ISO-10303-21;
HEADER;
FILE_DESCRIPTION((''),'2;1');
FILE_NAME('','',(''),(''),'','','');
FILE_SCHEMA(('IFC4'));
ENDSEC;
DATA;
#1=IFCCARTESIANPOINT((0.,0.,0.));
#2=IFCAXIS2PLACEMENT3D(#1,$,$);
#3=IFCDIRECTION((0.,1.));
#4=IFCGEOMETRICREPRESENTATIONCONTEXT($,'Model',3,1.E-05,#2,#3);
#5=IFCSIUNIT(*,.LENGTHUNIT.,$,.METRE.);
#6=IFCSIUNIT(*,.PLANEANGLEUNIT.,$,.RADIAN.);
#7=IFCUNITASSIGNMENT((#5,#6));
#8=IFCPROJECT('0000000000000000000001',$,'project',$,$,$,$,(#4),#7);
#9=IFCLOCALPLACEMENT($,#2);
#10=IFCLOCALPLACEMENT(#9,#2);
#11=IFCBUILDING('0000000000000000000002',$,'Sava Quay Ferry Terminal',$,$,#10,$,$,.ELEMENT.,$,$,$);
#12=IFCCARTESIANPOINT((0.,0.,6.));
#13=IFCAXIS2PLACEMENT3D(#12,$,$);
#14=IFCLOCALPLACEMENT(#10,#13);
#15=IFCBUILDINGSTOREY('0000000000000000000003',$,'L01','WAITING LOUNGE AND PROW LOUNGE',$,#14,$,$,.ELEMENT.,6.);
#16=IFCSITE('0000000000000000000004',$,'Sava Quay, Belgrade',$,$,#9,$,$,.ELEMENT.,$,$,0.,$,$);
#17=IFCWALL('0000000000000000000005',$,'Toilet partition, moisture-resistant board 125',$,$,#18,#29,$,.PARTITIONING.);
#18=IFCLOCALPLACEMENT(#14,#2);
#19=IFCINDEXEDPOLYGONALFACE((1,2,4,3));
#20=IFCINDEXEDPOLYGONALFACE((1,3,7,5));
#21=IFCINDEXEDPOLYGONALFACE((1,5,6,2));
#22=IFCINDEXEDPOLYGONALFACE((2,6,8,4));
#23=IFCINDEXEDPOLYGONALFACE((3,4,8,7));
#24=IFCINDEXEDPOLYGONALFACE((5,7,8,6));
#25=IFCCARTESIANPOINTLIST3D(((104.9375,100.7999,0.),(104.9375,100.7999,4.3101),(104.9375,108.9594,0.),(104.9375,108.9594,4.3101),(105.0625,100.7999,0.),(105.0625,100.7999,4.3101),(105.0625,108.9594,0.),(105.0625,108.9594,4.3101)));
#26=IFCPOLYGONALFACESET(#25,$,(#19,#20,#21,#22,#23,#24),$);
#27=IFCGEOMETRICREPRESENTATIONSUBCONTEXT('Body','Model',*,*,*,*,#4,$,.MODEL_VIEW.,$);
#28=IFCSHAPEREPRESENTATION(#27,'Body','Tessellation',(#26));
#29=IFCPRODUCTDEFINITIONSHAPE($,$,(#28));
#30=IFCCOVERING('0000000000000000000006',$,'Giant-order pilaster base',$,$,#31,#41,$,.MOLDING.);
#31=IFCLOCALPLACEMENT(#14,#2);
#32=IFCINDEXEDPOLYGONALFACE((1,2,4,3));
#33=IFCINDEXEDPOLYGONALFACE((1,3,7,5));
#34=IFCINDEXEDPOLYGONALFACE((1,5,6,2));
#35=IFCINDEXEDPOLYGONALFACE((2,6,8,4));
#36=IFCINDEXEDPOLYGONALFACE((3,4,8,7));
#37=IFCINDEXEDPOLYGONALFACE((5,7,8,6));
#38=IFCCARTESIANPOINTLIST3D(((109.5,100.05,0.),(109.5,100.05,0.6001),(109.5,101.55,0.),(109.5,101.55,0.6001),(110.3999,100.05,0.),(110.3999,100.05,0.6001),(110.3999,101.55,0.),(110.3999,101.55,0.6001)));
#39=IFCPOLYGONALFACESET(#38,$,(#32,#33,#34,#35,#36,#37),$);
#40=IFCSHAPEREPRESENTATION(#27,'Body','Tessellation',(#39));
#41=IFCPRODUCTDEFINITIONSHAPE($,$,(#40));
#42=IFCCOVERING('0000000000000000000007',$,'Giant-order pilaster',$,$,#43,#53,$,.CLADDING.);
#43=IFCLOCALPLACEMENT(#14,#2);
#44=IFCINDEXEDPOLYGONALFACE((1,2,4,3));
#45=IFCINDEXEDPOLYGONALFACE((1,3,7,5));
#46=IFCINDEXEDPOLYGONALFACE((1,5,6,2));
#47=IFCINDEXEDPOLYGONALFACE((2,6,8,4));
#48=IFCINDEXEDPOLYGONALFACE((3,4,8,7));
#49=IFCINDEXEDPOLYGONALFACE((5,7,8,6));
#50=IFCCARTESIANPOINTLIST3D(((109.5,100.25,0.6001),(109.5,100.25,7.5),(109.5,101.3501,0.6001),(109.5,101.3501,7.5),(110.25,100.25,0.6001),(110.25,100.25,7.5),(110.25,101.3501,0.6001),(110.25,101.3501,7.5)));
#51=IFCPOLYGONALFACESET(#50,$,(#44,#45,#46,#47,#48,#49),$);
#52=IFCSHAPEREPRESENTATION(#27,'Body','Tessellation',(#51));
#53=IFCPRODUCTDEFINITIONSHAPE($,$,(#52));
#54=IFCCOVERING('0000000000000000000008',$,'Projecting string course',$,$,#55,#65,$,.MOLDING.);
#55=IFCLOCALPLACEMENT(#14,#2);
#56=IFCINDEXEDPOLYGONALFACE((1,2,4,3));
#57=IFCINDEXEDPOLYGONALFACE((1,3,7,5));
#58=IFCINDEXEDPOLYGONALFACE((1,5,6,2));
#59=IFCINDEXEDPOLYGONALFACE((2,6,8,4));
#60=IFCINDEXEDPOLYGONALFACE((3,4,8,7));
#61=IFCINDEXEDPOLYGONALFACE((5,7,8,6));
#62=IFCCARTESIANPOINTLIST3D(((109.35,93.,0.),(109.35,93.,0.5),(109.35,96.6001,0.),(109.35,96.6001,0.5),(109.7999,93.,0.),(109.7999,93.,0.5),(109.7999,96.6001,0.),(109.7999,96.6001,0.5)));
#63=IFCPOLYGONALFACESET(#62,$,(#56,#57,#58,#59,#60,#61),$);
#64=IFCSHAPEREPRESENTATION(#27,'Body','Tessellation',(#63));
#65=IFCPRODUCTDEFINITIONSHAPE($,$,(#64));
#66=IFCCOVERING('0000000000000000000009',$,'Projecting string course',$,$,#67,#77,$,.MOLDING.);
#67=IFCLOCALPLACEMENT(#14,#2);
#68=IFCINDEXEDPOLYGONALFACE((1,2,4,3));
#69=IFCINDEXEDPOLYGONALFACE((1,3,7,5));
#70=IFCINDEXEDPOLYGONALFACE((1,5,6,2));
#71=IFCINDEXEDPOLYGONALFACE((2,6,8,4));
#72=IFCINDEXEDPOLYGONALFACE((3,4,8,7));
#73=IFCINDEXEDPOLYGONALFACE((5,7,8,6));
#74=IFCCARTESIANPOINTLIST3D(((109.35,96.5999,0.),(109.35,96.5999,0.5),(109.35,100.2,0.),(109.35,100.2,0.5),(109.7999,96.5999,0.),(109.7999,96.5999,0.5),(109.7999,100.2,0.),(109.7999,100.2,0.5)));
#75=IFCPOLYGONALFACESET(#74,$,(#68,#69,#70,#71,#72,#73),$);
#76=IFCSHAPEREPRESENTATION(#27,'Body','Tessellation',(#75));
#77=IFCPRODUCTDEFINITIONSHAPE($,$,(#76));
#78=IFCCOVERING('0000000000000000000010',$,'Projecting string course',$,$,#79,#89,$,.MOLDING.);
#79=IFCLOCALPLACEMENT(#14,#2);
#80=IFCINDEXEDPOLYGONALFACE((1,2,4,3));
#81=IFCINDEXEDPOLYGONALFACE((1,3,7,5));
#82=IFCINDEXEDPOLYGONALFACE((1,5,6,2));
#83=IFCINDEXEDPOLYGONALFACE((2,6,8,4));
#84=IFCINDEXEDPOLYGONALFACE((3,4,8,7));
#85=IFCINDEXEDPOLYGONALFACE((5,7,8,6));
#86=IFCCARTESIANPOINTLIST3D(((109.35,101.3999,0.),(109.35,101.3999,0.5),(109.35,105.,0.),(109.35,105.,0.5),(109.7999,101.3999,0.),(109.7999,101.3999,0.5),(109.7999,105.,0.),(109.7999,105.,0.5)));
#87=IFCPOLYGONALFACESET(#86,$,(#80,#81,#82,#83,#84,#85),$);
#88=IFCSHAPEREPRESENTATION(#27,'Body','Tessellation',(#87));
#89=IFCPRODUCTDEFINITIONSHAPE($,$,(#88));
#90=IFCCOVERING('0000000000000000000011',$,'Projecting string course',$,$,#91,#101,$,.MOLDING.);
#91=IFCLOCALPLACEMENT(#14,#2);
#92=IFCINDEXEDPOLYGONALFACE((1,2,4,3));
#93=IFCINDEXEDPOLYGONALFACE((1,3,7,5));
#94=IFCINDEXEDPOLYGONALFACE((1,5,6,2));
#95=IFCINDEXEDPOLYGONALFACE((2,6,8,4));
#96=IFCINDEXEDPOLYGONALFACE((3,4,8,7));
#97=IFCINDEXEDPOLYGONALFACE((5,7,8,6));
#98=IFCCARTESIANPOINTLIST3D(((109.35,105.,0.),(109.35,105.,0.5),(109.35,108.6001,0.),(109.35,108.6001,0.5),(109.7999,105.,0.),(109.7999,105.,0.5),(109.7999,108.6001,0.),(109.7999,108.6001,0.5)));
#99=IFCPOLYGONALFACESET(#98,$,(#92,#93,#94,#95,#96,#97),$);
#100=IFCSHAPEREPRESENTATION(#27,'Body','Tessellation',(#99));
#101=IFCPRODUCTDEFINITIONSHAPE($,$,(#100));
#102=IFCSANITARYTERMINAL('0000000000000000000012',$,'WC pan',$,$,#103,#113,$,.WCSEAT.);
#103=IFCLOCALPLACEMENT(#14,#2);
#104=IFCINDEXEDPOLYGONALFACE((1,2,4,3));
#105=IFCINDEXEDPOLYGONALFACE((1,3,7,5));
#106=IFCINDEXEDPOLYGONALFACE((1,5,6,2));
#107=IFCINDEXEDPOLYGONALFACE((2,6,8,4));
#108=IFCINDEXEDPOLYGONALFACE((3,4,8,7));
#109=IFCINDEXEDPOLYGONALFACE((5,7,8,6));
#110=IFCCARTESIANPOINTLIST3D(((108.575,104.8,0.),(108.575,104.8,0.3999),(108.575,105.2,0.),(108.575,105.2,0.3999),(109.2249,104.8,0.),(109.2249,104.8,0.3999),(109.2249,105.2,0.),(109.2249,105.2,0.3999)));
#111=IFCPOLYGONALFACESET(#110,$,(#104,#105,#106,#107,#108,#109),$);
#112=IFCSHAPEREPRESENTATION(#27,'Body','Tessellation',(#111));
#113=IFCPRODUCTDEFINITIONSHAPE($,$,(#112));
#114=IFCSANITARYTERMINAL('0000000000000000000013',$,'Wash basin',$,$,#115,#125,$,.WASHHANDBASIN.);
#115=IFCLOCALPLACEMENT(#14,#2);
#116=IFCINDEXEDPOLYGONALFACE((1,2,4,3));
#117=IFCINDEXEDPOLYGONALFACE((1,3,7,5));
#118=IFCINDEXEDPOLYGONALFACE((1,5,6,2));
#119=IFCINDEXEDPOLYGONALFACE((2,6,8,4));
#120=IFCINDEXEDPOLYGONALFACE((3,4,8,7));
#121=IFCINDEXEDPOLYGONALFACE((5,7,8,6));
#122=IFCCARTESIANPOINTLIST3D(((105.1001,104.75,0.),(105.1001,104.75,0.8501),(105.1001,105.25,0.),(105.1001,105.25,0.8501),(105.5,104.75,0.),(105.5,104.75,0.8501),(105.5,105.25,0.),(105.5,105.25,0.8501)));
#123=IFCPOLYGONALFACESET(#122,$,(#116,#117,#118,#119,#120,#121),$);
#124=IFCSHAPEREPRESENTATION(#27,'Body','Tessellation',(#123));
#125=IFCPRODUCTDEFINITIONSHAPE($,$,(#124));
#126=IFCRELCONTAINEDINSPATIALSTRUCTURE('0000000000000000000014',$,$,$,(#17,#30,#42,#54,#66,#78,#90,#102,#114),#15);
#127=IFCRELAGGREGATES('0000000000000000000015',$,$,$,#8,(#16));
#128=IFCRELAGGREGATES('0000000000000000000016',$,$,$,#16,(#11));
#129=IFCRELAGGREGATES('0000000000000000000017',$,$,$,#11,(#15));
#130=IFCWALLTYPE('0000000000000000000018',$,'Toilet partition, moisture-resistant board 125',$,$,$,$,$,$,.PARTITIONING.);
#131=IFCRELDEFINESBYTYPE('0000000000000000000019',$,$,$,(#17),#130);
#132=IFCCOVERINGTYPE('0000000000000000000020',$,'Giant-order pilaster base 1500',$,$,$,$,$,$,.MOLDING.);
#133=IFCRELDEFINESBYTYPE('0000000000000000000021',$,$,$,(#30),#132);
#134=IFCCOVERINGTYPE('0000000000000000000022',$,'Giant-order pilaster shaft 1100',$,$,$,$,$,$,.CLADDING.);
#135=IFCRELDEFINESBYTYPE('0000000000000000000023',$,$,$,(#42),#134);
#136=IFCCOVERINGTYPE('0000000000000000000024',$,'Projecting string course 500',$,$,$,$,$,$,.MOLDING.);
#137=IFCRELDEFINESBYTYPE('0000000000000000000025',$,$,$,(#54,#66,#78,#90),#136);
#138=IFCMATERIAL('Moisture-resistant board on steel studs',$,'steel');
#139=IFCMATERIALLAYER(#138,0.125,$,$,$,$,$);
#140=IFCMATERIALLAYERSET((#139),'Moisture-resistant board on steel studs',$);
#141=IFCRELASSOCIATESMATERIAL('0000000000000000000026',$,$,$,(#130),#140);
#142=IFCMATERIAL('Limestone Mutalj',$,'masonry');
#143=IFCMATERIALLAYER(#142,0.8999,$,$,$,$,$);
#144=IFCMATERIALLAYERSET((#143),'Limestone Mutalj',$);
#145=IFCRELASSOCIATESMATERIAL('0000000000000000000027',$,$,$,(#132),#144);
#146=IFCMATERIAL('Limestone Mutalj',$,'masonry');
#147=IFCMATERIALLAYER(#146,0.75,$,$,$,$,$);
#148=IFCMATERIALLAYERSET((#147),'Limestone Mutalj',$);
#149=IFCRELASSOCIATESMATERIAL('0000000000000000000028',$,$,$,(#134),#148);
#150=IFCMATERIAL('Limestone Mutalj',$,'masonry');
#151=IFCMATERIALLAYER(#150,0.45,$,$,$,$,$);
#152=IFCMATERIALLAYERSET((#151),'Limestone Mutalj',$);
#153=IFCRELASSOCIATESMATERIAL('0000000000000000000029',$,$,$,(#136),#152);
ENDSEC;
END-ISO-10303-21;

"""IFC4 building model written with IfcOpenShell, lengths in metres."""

from ifc_helpers import new_model, si_unit, direction, frame, frame_2d, origin, origin_2d, place, context, subcontext, project, spatial, rectangle, extrude, material, layer, layer_set, type_object, element, save


model = new_model("IFC4")

# Units and contexts
model_context = context("Model", 3, precision=1e-05, world=origin(), true_north=direction((0.0, 1.0)))
body_context = subcontext(model_context, "Body", "Model", "MODEL_VIEW")
ifc_project = project(units=[si_unit("LENGTHUNIT", "METRE"), si_unit("PLANEANGLEUNIT", "RADIAN")], contexts=[model_context])

# Site, building, storey
site_placement = place(None, origin())
site = spatial("IfcSite", under=ifc_project, at=site_placement, Name="Sava Quay, Belgrade", CompositionType="ELEMENT", RefElevation=0.0)
building_placement = place(site_placement, origin())
building = spatial("IfcBuilding", under=site, at=building_placement, Name="Sava Quay Ferry Terminal", CompositionType="ELEMENT")
storey_placement = place(building_placement, frame((0.0, 0.0, 6.0)))
storey = spatial("IfcBuildingStorey", under=building, at=storey_placement, Name="L01", Description="WAITING LOUNGE AND PROW LOUNGE", CompositionType="ELEMENT", Elevation=6.0)

# Wall
ifc_material_1 = material(Name="Moisture-resistant board on steel studs", Category="steel")
ifc_layer_1 = layer(ifc_material_1, 0.125)
ifc_layer_set_1 = layer_set([ifc_layer_1], Name="Moisture-resistant board on steel studs")
wall_type_1 = type_object("IfcWallType", Name="Toilet partition, moisture-resistant board 125", PredefinedType="PARTITIONING", material=ifc_layer_set_1)
wall_1_placement = place(storey_placement, frame((105.0, 100.8, 0.0), z_axis=(0.0, 0.0, 1.0), x_axis=(0.0, 1.0, 0.0)))
element("IfcWall", 1, at=wall_1_placement, inside=storey, type_object=wall_type_1, Name="Toilet partition, moisture-resistant board 125", PredefinedType="PARTITIONING", context=body_context, shape_type="SweptSolid", body=[
    extrude(rectangle(XDim=8.1594, YDim=0.125, at=frame_2d((4.0796, 0.0))), origin(), (0.0, 0.0, 1.0), 4.3101),
])

# Coverings
ifc_material_2 = material(Name="Limestone Mutalj", Category="masonry")
ifc_layer_2 = layer(ifc_material_2, 0.8999)
ifc_layer_set_2 = layer_set([ifc_layer_2], Name="Limestone Mutalj")
covering_type_1 = type_object("IfcCoveringType", Name="Giant-order pilaster base 1500", PredefinedType="MOLDING", material=ifc_layer_set_2)
covering_1_placement = place(storey_placement, frame((109.95, 100.8, 0.0), z_axis=(0.0, 0.0, 1.0), x_axis=(1.0, 0.0, 0.0)))
element("IfcCovering", 2, at=covering_1_placement, inside=storey, type_object=covering_type_1, Name="Giant-order pilaster base", PredefinedType="MOLDING", context=body_context, shape_type="SweptSolid", body=[
    extrude(rectangle(XDim=0.8999, YDim=1.5, at=origin_2d()), origin(), (0.0, 0.0, 1.0), 0.6001),
])
ifc_material_3 = material(Name="Limestone Mutalj", Category="masonry")
ifc_layer_3 = layer(ifc_material_3, 0.75)
ifc_layer_set_3 = layer_set([ifc_layer_3], Name="Limestone Mutalj")
covering_type_2 = type_object("IfcCoveringType", Name="Giant-order pilaster shaft 1100", PredefinedType="CLADDING", material=ifc_layer_set_3)
covering_2_placement = place(storey_placement, frame((109.875, 100.8, 0.6001), z_axis=(0.0, 0.0, 1.0), x_axis=(1.0, 0.0, 0.0)))
element("IfcCovering", 3, at=covering_2_placement, inside=storey, type_object=covering_type_2, Name="Giant-order pilaster", PredefinedType="CLADDING", context=body_context, shape_type="SweptSolid", body=[
    extrude(rectangle(XDim=0.75, YDim=1.1001, at=origin_2d()), origin(), (0.0, 0.0, 1.0), 6.8999),
])
ifc_material_4 = material(Name="Limestone Mutalj", Category="masonry")
ifc_layer_4 = layer(ifc_material_4, 0.45)
ifc_layer_set_4 = layer_set([ifc_layer_4], Name="Limestone Mutalj")
covering_type_3 = type_object("IfcCoveringType", Name="Projecting string course 500", PredefinedType="MOLDING", material=ifc_layer_set_4)
for number, where, z_axis, x_axis, name in (
    (4, (109.575, 94.8, 0.0), (0.0, 0.0, 1.0), (1.0, 0.0, 0.0), "Projecting string course"),
    (5, (109.575, 98.3999, 0.0), (0.0, 0.0, 1.0), (1.0, 0.0, 0.0), "Projecting string course"),
    (6, (109.575, 103.2, 0.0), (0.0, 0.0, 1.0), (1.0, 0.0, 0.0), "Projecting string course"),
    (7, (109.575, 106.8, 0.0), (0.0, 0.0, 1.0), (1.0, 0.0, 0.0), "Projecting string course"),
):
    element("IfcCovering", number, at=place(storey_placement, frame(where, z_axis=z_axis, x_axis=x_axis)), inside=storey, type_object=covering_type_3, Name=name, PredefinedType="MOLDING", context=body_context, shape_type="SweptSolid", body=[
        extrude(rectangle(XDim=0.45, YDim=3.6001, at=origin_2d()), origin(), (0.0, 0.0, 1.0), 0.5),
    ])

# Sanitary terminals
sanitary_terminal_1_placement = place(storey_placement, frame((108.8999, 105.0, 0.0), z_axis=(0.0, 0.0, 1.0), x_axis=(1.0, 0.0, 0.0)))
element("IfcSanitaryTerminal", 8, at=sanitary_terminal_1_placement, inside=storey, Name="WC pan", PredefinedType="WCSEAT", context=body_context, shape_type="SweptSolid", body=[
    extrude(rectangle(XDim=0.6499, YDim=0.3999, at=origin_2d()), origin(), (0.0, 0.0, 1.0), 0.3999),
])
sanitary_terminal_2_placement = place(storey_placement, frame((105.3, 105.0, 0.0), z_axis=(0.0, 0.0, 1.0), x_axis=(1.0, 0.0, 0.0)))
element("IfcSanitaryTerminal", 9, at=sanitary_terminal_2_placement, inside=storey, Name="Wash basin", PredefinedType="WASHHANDBASIN", context=body_context, shape_type="SweptSolid", body=[
    extrude(rectangle(XDim=0.3999, YDim=0.5, at=origin_2d()), origin(), (0.0, 0.0, 1.0), 0.8501),
])

save(model, "model.ifc")
